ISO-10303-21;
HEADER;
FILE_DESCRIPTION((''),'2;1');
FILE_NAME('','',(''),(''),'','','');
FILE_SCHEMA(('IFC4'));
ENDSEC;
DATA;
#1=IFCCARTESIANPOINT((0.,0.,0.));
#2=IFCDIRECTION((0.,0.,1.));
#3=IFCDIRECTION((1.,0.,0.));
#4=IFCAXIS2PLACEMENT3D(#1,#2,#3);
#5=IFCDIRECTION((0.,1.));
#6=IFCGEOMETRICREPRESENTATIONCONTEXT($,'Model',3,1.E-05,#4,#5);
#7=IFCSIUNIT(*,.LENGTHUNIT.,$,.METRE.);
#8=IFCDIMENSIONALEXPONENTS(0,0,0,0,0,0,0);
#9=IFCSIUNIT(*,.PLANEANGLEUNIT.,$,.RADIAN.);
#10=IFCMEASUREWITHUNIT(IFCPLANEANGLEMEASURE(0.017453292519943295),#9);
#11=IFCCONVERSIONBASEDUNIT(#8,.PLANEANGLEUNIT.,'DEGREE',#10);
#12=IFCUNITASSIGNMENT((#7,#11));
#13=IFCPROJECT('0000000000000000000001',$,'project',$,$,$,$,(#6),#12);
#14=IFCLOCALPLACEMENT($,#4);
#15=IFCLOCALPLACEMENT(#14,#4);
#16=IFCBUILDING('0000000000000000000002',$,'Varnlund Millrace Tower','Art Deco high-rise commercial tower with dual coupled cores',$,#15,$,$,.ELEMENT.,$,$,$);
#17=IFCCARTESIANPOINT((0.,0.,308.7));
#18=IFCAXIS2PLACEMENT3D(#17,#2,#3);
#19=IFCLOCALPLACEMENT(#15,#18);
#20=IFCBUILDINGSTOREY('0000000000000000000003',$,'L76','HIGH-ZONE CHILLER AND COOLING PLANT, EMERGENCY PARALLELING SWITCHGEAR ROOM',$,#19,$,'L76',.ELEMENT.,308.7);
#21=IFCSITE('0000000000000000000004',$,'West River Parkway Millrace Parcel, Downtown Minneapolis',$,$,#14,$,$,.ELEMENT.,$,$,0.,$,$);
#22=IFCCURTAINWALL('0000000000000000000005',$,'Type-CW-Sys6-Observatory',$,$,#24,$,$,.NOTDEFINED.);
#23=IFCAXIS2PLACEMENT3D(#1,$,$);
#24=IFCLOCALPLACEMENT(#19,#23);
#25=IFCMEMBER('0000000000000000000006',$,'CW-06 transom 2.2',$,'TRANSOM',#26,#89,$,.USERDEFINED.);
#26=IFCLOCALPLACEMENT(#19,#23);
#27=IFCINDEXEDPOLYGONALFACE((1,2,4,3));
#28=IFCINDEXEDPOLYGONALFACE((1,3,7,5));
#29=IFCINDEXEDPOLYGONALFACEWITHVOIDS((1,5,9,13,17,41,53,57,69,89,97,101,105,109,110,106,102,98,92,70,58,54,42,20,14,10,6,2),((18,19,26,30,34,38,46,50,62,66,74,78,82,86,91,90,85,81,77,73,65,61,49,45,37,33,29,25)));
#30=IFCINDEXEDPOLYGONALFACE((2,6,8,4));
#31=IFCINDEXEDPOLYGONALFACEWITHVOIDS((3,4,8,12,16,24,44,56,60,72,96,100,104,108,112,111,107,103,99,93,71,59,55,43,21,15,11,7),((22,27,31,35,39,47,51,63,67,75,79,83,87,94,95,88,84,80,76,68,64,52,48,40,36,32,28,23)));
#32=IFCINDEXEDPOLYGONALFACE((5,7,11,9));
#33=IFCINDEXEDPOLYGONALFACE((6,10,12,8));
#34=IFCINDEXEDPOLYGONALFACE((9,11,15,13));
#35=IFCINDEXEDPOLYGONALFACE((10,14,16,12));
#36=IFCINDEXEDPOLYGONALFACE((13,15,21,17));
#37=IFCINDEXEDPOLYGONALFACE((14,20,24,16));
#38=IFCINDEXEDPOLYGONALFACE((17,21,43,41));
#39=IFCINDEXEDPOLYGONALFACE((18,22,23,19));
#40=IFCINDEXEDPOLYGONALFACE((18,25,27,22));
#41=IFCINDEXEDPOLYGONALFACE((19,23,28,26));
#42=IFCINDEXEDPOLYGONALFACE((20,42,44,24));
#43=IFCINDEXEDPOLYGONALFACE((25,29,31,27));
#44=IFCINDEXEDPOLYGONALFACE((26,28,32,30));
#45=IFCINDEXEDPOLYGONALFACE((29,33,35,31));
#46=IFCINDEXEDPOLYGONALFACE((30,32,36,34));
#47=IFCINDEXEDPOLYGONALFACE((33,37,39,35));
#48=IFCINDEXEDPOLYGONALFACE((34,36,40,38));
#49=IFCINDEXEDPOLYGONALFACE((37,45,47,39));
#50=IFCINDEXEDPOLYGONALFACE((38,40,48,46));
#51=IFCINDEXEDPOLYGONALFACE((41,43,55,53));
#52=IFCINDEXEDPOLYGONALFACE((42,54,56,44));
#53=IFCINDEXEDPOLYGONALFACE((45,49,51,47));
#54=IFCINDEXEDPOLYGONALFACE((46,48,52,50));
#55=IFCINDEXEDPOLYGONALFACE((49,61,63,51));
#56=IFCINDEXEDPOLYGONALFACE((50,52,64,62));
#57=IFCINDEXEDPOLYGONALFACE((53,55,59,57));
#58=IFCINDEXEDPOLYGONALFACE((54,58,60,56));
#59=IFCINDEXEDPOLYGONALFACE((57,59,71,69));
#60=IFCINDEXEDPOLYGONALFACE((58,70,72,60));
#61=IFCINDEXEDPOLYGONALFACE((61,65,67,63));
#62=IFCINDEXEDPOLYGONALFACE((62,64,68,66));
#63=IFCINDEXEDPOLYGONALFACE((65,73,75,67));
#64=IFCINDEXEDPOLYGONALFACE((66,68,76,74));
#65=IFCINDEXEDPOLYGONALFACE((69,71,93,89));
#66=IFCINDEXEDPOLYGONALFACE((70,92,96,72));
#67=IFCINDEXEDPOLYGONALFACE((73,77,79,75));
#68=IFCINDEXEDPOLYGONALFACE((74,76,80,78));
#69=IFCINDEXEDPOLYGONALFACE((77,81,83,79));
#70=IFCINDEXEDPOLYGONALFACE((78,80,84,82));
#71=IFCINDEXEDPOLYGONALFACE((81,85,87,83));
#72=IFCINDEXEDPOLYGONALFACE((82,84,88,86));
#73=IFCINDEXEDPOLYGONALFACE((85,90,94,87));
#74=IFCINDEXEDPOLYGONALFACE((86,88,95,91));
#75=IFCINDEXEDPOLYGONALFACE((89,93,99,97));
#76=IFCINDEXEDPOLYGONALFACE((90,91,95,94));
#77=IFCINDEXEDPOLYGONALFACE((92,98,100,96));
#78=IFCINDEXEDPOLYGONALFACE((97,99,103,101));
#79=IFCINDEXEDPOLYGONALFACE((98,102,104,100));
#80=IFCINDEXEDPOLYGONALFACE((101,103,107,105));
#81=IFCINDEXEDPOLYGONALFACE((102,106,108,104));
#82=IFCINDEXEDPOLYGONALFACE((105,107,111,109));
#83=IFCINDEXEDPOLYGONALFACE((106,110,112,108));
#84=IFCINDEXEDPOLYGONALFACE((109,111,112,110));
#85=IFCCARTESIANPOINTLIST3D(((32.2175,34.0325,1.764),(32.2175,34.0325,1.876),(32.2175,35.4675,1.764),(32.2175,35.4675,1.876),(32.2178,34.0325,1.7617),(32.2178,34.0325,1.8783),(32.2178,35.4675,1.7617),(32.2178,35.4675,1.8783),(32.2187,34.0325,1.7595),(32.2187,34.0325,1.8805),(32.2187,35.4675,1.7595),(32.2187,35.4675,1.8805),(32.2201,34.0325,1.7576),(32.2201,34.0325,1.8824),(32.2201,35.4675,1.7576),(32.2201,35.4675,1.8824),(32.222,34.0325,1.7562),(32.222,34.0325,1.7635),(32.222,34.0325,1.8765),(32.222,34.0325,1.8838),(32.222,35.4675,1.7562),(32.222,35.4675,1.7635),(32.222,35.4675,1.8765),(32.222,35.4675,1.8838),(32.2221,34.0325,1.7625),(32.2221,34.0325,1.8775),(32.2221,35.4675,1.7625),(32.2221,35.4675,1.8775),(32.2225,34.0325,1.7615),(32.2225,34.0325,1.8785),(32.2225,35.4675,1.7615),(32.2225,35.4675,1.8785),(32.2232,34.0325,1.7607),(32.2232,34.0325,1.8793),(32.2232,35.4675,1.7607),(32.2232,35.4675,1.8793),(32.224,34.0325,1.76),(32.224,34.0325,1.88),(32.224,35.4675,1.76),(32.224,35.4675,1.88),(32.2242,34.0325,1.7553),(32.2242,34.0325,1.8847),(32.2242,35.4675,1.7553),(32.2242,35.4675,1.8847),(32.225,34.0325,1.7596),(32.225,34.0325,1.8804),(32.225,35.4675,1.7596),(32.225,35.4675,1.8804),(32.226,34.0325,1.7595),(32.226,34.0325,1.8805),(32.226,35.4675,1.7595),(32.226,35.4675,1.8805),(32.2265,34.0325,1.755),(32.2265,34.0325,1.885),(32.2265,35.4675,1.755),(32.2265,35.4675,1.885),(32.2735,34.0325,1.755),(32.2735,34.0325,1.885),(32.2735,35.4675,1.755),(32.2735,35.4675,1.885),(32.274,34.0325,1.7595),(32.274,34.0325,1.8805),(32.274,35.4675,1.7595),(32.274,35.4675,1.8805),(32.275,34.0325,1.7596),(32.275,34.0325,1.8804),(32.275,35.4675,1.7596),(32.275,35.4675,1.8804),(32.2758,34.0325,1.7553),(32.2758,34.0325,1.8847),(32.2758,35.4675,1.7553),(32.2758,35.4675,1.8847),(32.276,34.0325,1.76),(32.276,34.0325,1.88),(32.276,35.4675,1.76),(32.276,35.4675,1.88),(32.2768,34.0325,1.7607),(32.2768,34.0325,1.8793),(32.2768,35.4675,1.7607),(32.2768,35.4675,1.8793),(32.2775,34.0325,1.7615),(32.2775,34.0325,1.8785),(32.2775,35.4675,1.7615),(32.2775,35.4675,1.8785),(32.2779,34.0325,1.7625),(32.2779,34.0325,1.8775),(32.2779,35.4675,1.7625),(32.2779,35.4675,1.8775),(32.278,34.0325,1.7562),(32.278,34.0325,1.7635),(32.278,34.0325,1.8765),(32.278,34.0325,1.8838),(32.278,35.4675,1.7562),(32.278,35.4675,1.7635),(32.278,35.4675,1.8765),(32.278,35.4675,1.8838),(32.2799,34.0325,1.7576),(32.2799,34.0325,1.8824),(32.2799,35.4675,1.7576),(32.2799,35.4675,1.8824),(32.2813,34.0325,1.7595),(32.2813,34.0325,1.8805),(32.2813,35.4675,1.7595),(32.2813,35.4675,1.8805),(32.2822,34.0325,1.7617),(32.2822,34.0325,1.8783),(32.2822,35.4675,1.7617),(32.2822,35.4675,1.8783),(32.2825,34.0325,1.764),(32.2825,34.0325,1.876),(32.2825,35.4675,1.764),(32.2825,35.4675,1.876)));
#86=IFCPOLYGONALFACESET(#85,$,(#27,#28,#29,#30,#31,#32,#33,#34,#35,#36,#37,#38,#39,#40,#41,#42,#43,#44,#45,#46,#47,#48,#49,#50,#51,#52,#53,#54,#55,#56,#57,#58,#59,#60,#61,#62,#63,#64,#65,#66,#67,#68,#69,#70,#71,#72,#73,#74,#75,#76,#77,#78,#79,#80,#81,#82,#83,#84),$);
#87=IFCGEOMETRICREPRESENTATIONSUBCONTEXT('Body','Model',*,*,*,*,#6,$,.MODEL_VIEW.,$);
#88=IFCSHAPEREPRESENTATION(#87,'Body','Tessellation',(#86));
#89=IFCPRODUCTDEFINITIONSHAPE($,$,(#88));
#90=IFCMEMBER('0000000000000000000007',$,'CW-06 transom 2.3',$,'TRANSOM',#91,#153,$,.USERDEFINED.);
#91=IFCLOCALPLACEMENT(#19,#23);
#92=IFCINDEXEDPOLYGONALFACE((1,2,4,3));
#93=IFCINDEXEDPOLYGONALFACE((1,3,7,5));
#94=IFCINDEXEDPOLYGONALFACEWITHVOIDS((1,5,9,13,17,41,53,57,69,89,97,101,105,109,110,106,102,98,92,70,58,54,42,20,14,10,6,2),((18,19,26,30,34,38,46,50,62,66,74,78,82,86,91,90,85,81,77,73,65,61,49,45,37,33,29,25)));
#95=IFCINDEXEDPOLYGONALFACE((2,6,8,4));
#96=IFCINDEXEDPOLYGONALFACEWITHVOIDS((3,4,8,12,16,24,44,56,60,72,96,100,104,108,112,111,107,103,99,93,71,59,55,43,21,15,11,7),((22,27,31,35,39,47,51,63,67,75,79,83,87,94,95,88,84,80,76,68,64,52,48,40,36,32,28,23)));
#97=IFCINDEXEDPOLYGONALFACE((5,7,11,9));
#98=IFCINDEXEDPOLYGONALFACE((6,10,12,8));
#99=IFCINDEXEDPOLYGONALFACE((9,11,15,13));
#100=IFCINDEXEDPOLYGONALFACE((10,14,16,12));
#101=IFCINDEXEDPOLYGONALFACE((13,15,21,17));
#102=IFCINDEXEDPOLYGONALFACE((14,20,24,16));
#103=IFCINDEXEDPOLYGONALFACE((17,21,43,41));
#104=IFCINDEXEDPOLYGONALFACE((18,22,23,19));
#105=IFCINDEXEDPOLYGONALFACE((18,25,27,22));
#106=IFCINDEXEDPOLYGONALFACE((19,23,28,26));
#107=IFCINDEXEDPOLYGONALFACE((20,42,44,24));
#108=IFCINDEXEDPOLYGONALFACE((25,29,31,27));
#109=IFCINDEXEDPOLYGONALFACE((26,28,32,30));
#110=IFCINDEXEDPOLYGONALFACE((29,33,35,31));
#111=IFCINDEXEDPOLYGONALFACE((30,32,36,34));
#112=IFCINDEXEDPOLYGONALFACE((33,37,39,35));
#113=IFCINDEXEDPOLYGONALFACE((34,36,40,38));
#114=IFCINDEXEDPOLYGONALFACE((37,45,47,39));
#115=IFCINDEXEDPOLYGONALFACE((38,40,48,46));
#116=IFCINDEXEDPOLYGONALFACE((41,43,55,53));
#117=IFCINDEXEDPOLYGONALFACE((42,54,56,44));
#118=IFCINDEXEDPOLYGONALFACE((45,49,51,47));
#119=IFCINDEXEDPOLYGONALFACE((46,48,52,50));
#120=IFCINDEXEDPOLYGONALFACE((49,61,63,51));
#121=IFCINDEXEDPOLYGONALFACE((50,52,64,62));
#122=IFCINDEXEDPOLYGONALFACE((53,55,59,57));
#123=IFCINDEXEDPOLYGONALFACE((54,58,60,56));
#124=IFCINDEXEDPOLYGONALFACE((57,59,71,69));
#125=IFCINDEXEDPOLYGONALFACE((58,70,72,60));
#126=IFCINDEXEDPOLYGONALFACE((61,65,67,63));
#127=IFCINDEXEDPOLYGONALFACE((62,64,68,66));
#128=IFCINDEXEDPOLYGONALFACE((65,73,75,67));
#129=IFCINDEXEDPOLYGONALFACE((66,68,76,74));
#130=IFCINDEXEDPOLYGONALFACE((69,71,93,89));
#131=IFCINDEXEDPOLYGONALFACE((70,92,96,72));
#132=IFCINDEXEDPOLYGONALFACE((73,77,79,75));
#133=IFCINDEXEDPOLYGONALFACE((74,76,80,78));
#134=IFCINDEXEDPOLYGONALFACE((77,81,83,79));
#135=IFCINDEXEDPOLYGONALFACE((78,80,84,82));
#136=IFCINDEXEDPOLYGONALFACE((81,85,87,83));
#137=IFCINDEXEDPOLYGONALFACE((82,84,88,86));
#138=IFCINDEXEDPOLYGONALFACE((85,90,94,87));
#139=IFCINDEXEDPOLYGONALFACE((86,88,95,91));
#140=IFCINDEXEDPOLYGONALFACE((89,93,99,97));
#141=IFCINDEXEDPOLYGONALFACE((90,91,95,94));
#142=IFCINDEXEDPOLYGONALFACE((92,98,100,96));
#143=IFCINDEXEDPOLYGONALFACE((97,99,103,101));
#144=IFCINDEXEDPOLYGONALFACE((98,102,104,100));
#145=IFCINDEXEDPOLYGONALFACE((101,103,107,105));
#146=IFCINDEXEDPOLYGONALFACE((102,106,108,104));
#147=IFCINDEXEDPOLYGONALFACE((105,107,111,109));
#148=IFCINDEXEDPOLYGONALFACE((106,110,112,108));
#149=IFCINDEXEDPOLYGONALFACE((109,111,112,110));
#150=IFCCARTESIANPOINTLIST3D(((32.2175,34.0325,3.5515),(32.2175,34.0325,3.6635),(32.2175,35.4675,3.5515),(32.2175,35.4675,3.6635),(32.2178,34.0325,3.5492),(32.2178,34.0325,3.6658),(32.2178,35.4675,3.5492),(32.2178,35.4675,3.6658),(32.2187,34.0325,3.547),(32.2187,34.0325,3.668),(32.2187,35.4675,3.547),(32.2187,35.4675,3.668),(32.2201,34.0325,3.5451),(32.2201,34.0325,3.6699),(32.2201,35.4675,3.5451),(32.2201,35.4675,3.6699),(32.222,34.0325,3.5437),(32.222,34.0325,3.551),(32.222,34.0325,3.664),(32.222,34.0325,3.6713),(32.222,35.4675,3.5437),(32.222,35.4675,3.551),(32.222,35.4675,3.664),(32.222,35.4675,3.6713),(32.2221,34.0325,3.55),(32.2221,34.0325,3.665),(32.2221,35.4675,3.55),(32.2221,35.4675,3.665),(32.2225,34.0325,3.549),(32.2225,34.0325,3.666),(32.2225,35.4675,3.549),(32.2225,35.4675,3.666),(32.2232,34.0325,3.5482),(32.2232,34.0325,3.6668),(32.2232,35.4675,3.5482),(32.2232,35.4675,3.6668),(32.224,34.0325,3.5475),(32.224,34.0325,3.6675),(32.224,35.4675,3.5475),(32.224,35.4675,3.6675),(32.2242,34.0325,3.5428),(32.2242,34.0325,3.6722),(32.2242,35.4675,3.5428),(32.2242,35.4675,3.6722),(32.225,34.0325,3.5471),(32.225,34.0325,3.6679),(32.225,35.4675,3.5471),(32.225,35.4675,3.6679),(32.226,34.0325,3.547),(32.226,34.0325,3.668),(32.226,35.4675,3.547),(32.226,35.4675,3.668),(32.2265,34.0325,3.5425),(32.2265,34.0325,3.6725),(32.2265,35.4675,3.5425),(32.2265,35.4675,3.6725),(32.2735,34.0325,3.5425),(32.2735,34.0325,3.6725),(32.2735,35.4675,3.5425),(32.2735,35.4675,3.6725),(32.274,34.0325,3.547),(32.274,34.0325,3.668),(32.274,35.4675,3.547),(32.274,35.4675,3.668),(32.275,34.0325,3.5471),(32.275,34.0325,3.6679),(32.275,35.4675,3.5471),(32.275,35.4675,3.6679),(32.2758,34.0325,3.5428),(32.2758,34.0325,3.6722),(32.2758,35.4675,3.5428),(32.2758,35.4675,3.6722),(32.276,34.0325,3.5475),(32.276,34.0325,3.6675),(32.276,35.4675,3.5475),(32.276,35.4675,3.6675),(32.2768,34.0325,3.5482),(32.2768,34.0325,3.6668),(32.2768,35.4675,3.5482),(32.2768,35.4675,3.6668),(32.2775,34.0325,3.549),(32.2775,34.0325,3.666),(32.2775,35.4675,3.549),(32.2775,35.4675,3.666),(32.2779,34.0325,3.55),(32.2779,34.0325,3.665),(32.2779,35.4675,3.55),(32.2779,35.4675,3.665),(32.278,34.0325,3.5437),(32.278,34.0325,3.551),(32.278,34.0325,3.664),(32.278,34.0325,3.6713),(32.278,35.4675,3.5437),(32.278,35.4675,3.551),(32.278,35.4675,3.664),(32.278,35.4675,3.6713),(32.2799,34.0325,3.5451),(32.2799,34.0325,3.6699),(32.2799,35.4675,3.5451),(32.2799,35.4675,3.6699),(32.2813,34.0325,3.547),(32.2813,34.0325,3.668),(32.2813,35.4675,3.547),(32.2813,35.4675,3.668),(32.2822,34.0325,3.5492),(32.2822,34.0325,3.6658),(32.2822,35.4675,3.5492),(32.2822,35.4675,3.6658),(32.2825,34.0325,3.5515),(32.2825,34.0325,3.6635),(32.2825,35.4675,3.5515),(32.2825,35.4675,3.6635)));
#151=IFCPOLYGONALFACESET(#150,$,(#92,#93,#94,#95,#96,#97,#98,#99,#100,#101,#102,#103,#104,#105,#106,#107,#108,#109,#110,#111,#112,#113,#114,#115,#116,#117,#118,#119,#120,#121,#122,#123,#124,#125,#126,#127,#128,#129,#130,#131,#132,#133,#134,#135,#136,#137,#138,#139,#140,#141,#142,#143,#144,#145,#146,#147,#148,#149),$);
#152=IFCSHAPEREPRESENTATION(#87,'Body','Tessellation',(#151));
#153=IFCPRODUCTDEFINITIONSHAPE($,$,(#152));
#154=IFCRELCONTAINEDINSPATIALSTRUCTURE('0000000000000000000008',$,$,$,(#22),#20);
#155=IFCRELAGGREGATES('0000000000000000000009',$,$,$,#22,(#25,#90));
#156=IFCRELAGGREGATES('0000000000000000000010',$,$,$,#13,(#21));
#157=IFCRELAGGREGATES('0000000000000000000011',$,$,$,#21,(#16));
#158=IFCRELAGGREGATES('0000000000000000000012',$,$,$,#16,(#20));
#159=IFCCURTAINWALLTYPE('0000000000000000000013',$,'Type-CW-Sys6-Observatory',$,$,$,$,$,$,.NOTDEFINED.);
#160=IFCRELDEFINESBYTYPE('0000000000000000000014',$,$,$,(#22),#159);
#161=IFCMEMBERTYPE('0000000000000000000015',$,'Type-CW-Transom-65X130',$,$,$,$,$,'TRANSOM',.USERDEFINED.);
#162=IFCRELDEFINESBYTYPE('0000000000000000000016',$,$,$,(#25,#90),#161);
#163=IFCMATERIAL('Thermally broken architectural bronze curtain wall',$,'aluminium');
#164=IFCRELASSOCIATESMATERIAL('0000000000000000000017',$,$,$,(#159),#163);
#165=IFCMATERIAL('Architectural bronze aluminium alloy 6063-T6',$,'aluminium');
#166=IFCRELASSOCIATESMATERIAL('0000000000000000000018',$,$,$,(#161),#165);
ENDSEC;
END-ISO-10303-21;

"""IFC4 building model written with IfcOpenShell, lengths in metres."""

from ifc_helpers import new_model, entity, si_unit, converted_unit, direction, frame, origin_with_axes, origin_2d_with_axis, place, context, subcontext, project, spatial, hollow_rectangle, extrude, material, material_profile, profile_set, type_object, element, aggregate, save


model = new_model("IFC4")

# Units and contexts
model_context = context("Model", 3, precision=1e-05, world=origin_with_axes(), true_north=direction((0.0, 1.0)))
body_context = subcontext(model_context, "Body", "Model", "MODEL_VIEW")
ifc_project = project(units=[si_unit("LENGTHUNIT", "METRE"), converted_unit("PLANEANGLEUNIT", "DEGREE", entity("IfcPlaneAngleMeasure", 0.017453292519943295), si_unit("PLANEANGLEUNIT", "RADIAN"), dimensions=[0, 0, 0, 0, 0, 0, 0])], contexts=[model_context])

# Site, building, storey
site_placement = place(None, origin_with_axes())
site = spatial("IfcSite", under=ifc_project, at=site_placement, Name="West River Parkway Millrace Parcel, Downtown Minneapolis", CompositionType="ELEMENT", RefElevation=0.0)
building_placement = place(site_placement, origin_with_axes())
building = spatial("IfcBuilding", under=site, at=building_placement, Name="Varnlund Millrace Tower", Description="Art Deco high-rise commercial tower with dual coupled cores", CompositionType="ELEMENT")
storey_placement = place(building_placement, frame((0.0, 0.0, 308.7), z_axis=(0.0, 0.0, 1.0), x_axis=(1.0, 0.0, 0.0)))
storey = spatial("IfcBuildingStorey", under=building, at=storey_placement, Name="L76", Description="HIGH-ZONE CHILLER AND COOLING PLANT, EMERGENCY PARALLELING SWITCHGEAR ROOM", LongName="L76", CompositionType="ELEMENT", Elevation=308.7)

# Curtain wall, members
ifc_material_1 = material(Name="Thermally broken architectural bronze curtain wall", Category="aluminium")
curtain_wall_type = type_object("IfcCurtainWallType", Name="Type-CW-Sys6-Observatory", PredefinedType="NOTDEFINED", material=ifc_material_1)
curtain_wall_1_placement = place(storey_placement, frame((32.25, 37.0, 0.0), z_axis=(0.0, 0.0, 1.0), x_axis=(1.0, 0.0, 0.0)))
curtain_wall_1 = element("IfcCurtainWall", 1, at=curtain_wall_1_placement, inside=storey, type_object=curtain_wall_type, Name="Type-CW-Sys6-Observatory", PredefinedType="NOTDEFINED")
ifc_material_2 = material(Name="Architectural bronze aluminium alloy 6063-T6", Category="aluminium")
ifc_material_profile_1 = material_profile(ifc_material_2, hollow_rectangle(XDim=0.065, YDim=0.13, WallThickness=0.0045, InnerFilletRadius=0.004, OuterFilletRadius=0.009, at=origin_2d_with_axis()), Name="Architectural bronze aluminium alloy 6063-T6")
ifc_profile_set_1 = profile_set([ifc_material_profile_1], Name="Architectural bronze aluminium alloy 6063-T6")
member_type = type_object("IfcMemberType", Name="Type-CW-Transom-65X130", ElementType="TRANSOM", PredefinedType="USERDEFINED", material=ifc_profile_set_1)
member_1_placement = place(storey_placement, frame((32.25, 35.4675, 1.82), z_axis=(0.0, -1.0, 0.0), x_axis=(1.0, 0.0, 0.0)))
member_1 = element("IfcMember", 2, at=member_1_placement, type_object=member_type, Name="CW-06 transom 2.2", ObjectType="TRANSOM", PredefinedType="USERDEFINED", context=body_context, shape_type="SweptSolid", body=[
    extrude(hollow_rectangle(XDim=0.065, YDim=0.13, WallThickness=0.0045, InnerFilletRadius=0.004, OuterFilletRadius=0.009, at=origin_2d_with_axis()), origin_with_axes(), (0.0, 0.0, 1.0), 1.435),
])
member_2_placement = place(storey_placement, frame((32.25, 35.4675, 3.6075), z_axis=(0.0, -1.0, 0.0), x_axis=(1.0, 0.0, 0.0)))
member_2 = element("IfcMember", 3, at=member_2_placement, type_object=member_type, Name="CW-06 transom 2.3", ObjectType="TRANSOM", PredefinedType="USERDEFINED", context=body_context, shape_type="SweptSolid", body=[
    extrude(hollow_rectangle(XDim=0.065, YDim=0.13, WallThickness=0.0045, InnerFilletRadius=0.004, OuterFilletRadius=0.009, at=origin_2d_with_axis()), origin_with_axes(), (0.0, 0.0, 1.0), 1.435),
])

aggregate(curtain_wall_1, [member_1, member_2])

save(model, "model.ifc")
